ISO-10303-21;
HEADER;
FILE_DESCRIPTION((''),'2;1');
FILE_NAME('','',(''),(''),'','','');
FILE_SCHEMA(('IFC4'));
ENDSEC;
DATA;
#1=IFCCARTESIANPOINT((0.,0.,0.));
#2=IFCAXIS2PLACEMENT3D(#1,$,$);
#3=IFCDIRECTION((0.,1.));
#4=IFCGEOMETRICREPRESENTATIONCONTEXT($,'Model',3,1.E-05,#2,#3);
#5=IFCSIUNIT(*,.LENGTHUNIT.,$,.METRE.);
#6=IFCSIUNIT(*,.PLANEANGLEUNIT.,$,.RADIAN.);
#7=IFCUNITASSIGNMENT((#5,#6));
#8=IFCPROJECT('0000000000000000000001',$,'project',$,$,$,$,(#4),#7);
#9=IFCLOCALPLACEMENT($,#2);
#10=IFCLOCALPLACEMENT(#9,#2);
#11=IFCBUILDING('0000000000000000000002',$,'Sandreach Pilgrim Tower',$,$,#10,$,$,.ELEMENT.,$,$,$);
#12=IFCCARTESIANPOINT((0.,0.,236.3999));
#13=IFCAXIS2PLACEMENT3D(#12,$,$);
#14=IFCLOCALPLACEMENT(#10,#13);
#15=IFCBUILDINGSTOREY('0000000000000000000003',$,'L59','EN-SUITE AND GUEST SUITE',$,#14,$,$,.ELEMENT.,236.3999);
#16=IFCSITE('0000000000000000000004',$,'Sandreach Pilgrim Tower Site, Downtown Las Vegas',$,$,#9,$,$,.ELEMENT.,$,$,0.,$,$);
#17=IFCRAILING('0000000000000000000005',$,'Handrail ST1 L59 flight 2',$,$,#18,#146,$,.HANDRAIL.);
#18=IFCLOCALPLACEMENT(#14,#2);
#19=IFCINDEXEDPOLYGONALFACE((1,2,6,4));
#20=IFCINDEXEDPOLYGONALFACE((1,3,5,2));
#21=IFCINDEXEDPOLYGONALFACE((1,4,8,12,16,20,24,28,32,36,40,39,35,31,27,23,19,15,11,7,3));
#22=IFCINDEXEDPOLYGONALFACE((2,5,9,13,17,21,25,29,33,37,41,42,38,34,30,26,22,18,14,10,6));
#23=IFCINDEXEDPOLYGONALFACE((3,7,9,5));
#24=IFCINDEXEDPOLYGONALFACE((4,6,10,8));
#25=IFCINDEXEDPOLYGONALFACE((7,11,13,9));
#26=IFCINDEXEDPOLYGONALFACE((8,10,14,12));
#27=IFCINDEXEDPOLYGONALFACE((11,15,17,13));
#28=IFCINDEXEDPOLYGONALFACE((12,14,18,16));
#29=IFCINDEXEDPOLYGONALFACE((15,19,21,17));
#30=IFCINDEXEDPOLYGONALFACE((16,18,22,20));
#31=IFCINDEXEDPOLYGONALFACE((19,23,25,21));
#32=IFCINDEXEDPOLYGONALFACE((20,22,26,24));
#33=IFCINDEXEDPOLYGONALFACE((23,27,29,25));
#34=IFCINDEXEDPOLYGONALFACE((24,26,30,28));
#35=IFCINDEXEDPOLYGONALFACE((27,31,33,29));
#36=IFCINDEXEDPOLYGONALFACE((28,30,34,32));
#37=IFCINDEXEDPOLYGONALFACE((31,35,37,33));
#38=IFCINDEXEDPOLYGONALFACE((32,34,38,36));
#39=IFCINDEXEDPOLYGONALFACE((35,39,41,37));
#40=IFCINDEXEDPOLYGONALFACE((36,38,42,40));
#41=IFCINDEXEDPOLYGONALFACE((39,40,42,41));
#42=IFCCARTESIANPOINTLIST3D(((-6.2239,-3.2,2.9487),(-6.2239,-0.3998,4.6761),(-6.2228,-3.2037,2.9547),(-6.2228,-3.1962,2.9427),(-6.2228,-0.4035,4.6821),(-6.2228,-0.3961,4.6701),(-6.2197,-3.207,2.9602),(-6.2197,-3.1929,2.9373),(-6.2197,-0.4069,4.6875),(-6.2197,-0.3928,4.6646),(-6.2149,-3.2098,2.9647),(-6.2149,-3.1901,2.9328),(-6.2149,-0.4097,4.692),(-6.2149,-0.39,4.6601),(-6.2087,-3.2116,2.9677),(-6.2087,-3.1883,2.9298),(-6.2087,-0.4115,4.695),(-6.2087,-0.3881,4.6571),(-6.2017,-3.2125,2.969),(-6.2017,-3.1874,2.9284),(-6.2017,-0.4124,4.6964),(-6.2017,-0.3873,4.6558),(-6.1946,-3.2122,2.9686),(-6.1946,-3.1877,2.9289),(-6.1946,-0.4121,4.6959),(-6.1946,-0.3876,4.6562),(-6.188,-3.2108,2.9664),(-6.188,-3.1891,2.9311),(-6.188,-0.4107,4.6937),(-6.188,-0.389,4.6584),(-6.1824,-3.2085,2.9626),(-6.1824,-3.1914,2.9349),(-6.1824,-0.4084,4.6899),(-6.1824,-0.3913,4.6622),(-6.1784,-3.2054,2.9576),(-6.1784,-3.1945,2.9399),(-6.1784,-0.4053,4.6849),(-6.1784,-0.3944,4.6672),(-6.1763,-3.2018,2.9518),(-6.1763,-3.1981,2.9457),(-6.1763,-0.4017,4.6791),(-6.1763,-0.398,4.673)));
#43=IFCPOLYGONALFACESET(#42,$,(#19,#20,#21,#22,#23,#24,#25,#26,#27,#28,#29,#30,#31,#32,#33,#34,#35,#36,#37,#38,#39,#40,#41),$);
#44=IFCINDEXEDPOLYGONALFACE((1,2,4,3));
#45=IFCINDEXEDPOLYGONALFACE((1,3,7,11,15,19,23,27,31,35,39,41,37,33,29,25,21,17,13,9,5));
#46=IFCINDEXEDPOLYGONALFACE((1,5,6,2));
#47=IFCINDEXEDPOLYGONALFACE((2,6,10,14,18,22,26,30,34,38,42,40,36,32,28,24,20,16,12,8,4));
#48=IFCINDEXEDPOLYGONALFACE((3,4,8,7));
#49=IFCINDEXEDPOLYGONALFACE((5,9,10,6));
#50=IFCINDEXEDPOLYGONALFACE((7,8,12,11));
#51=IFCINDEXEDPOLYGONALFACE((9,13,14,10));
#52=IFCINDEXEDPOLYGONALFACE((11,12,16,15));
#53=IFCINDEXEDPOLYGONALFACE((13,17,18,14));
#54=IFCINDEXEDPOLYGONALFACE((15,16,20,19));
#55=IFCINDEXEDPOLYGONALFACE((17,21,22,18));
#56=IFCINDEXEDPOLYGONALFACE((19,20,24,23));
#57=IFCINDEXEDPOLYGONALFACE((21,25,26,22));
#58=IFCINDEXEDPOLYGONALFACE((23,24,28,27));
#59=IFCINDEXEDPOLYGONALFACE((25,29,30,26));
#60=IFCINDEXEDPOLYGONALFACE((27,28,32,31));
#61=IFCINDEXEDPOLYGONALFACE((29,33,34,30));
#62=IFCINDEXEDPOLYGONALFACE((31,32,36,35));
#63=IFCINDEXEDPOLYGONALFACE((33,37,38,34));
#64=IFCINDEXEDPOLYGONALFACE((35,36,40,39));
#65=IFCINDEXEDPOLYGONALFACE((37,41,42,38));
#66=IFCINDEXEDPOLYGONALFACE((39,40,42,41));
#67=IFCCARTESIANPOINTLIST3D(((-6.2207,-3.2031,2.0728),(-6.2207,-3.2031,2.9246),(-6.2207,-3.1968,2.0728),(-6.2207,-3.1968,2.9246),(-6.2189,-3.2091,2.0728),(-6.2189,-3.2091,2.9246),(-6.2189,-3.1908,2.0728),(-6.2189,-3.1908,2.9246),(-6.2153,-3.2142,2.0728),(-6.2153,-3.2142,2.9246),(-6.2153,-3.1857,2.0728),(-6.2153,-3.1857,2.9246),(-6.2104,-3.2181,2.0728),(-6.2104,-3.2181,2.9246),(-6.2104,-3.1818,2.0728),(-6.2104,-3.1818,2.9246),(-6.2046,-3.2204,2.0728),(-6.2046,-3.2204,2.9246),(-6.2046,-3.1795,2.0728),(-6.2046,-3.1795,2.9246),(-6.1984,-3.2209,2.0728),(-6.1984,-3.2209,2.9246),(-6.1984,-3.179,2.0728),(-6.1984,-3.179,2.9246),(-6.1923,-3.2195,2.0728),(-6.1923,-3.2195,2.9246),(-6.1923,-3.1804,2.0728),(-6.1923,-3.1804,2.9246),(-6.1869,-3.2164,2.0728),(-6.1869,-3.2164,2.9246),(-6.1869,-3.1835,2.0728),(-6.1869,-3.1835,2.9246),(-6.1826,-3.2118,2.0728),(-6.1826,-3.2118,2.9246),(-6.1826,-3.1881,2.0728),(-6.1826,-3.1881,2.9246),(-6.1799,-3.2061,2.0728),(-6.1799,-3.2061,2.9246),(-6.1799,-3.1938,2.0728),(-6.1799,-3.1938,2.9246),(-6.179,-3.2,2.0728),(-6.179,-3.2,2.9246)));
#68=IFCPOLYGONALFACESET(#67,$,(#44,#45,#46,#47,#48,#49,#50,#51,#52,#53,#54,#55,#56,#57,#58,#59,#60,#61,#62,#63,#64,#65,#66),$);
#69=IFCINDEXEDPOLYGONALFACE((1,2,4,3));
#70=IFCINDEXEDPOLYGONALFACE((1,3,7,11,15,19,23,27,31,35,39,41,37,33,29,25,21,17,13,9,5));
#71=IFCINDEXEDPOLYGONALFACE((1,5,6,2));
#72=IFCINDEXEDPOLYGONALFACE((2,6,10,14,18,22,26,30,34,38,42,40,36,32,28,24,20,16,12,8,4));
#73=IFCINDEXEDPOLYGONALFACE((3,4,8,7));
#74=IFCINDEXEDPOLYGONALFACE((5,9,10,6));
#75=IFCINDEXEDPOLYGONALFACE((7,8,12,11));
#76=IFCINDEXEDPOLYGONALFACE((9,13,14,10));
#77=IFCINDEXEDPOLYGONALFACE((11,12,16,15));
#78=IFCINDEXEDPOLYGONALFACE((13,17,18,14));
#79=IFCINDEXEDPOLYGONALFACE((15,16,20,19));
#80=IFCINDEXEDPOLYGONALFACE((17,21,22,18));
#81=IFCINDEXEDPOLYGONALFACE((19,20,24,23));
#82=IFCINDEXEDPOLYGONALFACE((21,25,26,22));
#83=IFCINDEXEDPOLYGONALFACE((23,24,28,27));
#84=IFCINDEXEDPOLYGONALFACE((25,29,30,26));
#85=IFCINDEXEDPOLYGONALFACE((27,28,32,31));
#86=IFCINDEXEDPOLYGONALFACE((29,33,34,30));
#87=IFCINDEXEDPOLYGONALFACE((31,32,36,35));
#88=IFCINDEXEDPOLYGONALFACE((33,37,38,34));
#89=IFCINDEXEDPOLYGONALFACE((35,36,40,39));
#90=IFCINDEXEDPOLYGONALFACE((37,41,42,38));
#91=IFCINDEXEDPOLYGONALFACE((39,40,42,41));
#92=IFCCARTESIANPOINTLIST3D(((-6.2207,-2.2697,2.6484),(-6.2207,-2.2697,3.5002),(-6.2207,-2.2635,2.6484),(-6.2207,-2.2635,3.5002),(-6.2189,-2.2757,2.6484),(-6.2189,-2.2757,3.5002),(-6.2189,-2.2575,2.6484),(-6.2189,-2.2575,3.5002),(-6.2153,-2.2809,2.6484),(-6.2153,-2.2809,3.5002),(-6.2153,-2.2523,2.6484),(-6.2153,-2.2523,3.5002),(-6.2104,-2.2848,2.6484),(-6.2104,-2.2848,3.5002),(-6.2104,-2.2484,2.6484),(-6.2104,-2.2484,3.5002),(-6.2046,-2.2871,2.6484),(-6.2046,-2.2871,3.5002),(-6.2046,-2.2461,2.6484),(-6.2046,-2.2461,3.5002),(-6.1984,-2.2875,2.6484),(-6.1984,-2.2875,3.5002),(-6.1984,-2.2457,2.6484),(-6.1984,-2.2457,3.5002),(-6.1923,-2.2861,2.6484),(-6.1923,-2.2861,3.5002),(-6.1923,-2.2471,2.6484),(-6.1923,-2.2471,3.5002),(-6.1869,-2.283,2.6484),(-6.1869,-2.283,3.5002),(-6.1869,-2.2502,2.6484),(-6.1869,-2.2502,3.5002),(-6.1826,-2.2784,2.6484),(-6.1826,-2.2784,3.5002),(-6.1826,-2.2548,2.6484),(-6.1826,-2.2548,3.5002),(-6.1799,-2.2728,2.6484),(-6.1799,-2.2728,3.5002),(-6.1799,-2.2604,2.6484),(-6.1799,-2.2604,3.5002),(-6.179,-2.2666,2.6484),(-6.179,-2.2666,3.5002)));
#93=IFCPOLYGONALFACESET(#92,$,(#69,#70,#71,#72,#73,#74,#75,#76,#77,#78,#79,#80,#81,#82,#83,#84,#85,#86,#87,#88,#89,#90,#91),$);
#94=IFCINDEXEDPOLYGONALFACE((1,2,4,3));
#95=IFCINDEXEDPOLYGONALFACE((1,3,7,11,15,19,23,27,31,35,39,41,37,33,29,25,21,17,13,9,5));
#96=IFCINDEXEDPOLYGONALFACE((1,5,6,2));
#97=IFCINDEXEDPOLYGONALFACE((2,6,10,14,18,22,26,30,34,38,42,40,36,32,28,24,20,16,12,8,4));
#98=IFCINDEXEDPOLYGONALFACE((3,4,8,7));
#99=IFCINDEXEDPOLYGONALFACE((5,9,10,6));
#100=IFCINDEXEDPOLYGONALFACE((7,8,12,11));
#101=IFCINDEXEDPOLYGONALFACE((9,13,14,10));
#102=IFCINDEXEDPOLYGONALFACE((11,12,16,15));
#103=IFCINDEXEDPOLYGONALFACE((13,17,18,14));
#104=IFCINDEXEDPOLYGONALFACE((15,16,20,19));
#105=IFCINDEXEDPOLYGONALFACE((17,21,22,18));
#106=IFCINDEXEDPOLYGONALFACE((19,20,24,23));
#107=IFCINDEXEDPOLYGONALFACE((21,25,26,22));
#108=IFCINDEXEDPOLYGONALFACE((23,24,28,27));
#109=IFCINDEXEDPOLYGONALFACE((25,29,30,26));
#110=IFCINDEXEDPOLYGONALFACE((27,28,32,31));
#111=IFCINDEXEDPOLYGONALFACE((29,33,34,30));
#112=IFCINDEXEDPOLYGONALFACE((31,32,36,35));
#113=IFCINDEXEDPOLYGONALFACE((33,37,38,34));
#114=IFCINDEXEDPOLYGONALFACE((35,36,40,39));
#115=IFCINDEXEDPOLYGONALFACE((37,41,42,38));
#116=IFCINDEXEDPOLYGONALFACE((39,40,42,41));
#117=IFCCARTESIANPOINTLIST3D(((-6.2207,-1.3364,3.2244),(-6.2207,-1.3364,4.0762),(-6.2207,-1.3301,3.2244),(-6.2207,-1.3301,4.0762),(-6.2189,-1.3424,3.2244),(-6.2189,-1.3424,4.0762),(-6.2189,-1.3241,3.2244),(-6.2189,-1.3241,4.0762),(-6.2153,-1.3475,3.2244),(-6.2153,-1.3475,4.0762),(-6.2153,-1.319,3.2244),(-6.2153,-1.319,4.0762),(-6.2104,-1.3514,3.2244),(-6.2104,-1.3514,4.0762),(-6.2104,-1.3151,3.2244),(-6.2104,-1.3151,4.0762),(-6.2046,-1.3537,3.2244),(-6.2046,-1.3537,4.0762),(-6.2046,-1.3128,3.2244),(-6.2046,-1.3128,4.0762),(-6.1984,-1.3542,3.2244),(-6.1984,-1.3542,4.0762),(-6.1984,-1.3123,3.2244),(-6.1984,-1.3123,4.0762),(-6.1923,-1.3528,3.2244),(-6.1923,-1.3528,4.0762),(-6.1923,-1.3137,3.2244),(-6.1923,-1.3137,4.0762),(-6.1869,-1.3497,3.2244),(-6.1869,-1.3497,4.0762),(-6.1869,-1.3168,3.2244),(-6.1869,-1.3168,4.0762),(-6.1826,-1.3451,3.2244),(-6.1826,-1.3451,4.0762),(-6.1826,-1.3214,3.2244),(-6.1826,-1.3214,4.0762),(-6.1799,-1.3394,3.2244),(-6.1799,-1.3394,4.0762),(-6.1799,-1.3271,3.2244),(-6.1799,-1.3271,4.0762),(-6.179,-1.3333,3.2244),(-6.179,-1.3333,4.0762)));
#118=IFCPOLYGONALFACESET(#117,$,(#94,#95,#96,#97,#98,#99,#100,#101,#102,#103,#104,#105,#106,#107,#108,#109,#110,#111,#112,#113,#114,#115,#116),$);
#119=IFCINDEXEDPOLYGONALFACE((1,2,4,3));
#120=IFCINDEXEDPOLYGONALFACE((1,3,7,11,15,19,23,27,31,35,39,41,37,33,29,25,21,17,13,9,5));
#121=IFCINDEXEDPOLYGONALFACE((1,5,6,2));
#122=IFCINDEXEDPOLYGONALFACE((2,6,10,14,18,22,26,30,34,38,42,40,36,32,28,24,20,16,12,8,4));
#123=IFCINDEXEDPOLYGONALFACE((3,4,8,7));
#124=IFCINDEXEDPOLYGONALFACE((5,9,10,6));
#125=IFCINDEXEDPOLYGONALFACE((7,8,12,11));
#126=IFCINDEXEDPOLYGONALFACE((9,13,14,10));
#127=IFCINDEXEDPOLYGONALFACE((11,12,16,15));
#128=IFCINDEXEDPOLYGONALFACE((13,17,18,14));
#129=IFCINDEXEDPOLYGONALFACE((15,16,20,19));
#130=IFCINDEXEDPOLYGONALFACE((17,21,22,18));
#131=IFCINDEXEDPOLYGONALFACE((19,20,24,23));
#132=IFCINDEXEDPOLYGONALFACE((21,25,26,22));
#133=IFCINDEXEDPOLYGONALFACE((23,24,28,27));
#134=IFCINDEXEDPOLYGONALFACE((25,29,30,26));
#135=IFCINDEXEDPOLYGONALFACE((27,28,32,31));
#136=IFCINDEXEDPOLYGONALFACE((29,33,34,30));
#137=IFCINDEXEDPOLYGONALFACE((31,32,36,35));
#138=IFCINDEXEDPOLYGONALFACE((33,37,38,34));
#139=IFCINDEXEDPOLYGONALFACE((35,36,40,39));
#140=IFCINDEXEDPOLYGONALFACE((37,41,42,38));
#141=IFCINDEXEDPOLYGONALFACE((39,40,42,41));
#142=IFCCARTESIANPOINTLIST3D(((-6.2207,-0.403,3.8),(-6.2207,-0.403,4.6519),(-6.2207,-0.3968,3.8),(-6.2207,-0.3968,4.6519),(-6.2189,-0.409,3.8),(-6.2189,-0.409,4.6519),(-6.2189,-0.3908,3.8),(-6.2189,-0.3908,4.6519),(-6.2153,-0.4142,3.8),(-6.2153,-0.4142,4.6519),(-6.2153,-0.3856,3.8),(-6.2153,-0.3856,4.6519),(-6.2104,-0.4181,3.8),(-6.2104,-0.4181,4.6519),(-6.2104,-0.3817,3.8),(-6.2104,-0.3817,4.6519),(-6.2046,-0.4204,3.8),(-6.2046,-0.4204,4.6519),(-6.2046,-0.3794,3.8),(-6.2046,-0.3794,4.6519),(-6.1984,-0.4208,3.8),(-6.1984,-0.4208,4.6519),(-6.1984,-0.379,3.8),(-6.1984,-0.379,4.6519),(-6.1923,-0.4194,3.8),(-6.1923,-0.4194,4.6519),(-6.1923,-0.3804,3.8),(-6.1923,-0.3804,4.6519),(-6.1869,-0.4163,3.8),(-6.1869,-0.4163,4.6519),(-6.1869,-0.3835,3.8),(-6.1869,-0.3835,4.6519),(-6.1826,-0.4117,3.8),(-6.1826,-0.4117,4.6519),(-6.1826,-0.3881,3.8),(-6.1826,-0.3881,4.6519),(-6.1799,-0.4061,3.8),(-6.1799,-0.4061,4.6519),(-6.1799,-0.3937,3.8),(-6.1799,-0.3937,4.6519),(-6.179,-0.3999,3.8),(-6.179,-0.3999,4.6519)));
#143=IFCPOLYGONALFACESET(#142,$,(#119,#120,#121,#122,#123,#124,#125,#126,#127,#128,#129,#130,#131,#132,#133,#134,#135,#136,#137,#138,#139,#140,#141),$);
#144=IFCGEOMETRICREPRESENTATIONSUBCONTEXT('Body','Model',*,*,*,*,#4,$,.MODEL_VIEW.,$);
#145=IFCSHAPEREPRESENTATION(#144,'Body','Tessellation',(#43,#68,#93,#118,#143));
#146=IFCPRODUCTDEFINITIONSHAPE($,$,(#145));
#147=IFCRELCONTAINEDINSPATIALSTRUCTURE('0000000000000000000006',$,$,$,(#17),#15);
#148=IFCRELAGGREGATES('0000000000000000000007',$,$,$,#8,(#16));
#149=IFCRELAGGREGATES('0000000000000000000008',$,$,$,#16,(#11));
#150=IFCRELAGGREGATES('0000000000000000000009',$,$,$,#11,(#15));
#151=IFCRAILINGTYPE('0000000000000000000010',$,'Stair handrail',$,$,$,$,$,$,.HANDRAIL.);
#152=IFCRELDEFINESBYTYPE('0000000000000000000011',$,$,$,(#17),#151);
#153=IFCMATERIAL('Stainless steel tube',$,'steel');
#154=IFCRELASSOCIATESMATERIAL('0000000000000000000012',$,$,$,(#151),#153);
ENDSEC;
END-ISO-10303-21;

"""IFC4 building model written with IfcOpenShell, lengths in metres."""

from ifc_helpers import new_model, si_unit, direction, frame, origin, origin_2d, place, context, subcontext, project, spatial, circle, extrude, material, type_object, element, save


model = new_model("IFC4")

# Units and contexts
model_context = context("Model", 3, precision=1e-05, world=origin(), true_north=direction((0.0, 1.0)))
body_context = subcontext(model_context, "Body", "Model", "MODEL_VIEW")
ifc_project = project(units=[si_unit("LENGTHUNIT", "METRE"), si_unit("PLANEANGLEUNIT", "RADIAN")], contexts=[model_context])

# Site, building, storey
site_placement = place(None, origin())
site = spatial("IfcSite", under=ifc_project, at=site_placement, Name="Sandreach Pilgrim Tower Site, Downtown Las Vegas", CompositionType="ELEMENT", RefElevation=0.0)
building_placement = place(site_placement, origin())
building = spatial("IfcBuilding", under=site, at=building_placement, Name="Sandreach Pilgrim Tower", CompositionType="ELEMENT")
storey_placement = place(building_placement, frame((0.0, 0.0, 236.3999)))
storey = spatial("IfcBuildingStorey", under=building, at=storey_placement, Name="L59", Description="EN-SUITE AND GUEST SUITE", CompositionType="ELEMENT", Elevation=236.3999)

# Railing
ifc_material_1 = material(Name="Stainless steel tube", Category="steel")
railing_type = type_object("IfcRailingType", Name="Stair handrail", PredefinedType="HANDRAIL", material=ifc_material_1)
for number, where, name in (
    (1, (-6.2, -3.2, 2.0728), "Handrail ST1 L59 flight 2"),
):
    element("IfcRailing", number, at=place(storey_placement, frame(where)), inside=storey, type_object=railing_type, Name=name, PredefinedType="HANDRAIL", context=body_context, shape_type="SweptSolid", body=[
        extrude(circle(Radius=0.0239, at=origin_2d()), frame((0.0, 0.0, 0.876), z_axis=(0.0, 0.85109, 0.52502), x_axis=(-1.0, 0.0, 0.0)), (0.0, 0.0, 1.0), 3.29),
        extrude(circle(Radius=0.021, at=origin_2d()), origin(), (0.0, 0.0, 1.0), 0.8518),
        extrude(circle(Radius=0.021, at=origin_2d()), frame((0.0, 0.9333, 0.5757)), (0.0, 0.0, 1.0), 0.8518),
        extrude(circle(Radius=0.021, at=origin_2d()), frame((0.0, 1.8667, 1.1516)), (0.0, 0.0, 1.0), 0.8518),
        extrude(circle(Radius=0.021, at=origin_2d()), frame((0.0, 2.8, 1.7273)), (0.0, 0.0, 1.0), 0.8518),
    ])

save(model, "model.ifc")
